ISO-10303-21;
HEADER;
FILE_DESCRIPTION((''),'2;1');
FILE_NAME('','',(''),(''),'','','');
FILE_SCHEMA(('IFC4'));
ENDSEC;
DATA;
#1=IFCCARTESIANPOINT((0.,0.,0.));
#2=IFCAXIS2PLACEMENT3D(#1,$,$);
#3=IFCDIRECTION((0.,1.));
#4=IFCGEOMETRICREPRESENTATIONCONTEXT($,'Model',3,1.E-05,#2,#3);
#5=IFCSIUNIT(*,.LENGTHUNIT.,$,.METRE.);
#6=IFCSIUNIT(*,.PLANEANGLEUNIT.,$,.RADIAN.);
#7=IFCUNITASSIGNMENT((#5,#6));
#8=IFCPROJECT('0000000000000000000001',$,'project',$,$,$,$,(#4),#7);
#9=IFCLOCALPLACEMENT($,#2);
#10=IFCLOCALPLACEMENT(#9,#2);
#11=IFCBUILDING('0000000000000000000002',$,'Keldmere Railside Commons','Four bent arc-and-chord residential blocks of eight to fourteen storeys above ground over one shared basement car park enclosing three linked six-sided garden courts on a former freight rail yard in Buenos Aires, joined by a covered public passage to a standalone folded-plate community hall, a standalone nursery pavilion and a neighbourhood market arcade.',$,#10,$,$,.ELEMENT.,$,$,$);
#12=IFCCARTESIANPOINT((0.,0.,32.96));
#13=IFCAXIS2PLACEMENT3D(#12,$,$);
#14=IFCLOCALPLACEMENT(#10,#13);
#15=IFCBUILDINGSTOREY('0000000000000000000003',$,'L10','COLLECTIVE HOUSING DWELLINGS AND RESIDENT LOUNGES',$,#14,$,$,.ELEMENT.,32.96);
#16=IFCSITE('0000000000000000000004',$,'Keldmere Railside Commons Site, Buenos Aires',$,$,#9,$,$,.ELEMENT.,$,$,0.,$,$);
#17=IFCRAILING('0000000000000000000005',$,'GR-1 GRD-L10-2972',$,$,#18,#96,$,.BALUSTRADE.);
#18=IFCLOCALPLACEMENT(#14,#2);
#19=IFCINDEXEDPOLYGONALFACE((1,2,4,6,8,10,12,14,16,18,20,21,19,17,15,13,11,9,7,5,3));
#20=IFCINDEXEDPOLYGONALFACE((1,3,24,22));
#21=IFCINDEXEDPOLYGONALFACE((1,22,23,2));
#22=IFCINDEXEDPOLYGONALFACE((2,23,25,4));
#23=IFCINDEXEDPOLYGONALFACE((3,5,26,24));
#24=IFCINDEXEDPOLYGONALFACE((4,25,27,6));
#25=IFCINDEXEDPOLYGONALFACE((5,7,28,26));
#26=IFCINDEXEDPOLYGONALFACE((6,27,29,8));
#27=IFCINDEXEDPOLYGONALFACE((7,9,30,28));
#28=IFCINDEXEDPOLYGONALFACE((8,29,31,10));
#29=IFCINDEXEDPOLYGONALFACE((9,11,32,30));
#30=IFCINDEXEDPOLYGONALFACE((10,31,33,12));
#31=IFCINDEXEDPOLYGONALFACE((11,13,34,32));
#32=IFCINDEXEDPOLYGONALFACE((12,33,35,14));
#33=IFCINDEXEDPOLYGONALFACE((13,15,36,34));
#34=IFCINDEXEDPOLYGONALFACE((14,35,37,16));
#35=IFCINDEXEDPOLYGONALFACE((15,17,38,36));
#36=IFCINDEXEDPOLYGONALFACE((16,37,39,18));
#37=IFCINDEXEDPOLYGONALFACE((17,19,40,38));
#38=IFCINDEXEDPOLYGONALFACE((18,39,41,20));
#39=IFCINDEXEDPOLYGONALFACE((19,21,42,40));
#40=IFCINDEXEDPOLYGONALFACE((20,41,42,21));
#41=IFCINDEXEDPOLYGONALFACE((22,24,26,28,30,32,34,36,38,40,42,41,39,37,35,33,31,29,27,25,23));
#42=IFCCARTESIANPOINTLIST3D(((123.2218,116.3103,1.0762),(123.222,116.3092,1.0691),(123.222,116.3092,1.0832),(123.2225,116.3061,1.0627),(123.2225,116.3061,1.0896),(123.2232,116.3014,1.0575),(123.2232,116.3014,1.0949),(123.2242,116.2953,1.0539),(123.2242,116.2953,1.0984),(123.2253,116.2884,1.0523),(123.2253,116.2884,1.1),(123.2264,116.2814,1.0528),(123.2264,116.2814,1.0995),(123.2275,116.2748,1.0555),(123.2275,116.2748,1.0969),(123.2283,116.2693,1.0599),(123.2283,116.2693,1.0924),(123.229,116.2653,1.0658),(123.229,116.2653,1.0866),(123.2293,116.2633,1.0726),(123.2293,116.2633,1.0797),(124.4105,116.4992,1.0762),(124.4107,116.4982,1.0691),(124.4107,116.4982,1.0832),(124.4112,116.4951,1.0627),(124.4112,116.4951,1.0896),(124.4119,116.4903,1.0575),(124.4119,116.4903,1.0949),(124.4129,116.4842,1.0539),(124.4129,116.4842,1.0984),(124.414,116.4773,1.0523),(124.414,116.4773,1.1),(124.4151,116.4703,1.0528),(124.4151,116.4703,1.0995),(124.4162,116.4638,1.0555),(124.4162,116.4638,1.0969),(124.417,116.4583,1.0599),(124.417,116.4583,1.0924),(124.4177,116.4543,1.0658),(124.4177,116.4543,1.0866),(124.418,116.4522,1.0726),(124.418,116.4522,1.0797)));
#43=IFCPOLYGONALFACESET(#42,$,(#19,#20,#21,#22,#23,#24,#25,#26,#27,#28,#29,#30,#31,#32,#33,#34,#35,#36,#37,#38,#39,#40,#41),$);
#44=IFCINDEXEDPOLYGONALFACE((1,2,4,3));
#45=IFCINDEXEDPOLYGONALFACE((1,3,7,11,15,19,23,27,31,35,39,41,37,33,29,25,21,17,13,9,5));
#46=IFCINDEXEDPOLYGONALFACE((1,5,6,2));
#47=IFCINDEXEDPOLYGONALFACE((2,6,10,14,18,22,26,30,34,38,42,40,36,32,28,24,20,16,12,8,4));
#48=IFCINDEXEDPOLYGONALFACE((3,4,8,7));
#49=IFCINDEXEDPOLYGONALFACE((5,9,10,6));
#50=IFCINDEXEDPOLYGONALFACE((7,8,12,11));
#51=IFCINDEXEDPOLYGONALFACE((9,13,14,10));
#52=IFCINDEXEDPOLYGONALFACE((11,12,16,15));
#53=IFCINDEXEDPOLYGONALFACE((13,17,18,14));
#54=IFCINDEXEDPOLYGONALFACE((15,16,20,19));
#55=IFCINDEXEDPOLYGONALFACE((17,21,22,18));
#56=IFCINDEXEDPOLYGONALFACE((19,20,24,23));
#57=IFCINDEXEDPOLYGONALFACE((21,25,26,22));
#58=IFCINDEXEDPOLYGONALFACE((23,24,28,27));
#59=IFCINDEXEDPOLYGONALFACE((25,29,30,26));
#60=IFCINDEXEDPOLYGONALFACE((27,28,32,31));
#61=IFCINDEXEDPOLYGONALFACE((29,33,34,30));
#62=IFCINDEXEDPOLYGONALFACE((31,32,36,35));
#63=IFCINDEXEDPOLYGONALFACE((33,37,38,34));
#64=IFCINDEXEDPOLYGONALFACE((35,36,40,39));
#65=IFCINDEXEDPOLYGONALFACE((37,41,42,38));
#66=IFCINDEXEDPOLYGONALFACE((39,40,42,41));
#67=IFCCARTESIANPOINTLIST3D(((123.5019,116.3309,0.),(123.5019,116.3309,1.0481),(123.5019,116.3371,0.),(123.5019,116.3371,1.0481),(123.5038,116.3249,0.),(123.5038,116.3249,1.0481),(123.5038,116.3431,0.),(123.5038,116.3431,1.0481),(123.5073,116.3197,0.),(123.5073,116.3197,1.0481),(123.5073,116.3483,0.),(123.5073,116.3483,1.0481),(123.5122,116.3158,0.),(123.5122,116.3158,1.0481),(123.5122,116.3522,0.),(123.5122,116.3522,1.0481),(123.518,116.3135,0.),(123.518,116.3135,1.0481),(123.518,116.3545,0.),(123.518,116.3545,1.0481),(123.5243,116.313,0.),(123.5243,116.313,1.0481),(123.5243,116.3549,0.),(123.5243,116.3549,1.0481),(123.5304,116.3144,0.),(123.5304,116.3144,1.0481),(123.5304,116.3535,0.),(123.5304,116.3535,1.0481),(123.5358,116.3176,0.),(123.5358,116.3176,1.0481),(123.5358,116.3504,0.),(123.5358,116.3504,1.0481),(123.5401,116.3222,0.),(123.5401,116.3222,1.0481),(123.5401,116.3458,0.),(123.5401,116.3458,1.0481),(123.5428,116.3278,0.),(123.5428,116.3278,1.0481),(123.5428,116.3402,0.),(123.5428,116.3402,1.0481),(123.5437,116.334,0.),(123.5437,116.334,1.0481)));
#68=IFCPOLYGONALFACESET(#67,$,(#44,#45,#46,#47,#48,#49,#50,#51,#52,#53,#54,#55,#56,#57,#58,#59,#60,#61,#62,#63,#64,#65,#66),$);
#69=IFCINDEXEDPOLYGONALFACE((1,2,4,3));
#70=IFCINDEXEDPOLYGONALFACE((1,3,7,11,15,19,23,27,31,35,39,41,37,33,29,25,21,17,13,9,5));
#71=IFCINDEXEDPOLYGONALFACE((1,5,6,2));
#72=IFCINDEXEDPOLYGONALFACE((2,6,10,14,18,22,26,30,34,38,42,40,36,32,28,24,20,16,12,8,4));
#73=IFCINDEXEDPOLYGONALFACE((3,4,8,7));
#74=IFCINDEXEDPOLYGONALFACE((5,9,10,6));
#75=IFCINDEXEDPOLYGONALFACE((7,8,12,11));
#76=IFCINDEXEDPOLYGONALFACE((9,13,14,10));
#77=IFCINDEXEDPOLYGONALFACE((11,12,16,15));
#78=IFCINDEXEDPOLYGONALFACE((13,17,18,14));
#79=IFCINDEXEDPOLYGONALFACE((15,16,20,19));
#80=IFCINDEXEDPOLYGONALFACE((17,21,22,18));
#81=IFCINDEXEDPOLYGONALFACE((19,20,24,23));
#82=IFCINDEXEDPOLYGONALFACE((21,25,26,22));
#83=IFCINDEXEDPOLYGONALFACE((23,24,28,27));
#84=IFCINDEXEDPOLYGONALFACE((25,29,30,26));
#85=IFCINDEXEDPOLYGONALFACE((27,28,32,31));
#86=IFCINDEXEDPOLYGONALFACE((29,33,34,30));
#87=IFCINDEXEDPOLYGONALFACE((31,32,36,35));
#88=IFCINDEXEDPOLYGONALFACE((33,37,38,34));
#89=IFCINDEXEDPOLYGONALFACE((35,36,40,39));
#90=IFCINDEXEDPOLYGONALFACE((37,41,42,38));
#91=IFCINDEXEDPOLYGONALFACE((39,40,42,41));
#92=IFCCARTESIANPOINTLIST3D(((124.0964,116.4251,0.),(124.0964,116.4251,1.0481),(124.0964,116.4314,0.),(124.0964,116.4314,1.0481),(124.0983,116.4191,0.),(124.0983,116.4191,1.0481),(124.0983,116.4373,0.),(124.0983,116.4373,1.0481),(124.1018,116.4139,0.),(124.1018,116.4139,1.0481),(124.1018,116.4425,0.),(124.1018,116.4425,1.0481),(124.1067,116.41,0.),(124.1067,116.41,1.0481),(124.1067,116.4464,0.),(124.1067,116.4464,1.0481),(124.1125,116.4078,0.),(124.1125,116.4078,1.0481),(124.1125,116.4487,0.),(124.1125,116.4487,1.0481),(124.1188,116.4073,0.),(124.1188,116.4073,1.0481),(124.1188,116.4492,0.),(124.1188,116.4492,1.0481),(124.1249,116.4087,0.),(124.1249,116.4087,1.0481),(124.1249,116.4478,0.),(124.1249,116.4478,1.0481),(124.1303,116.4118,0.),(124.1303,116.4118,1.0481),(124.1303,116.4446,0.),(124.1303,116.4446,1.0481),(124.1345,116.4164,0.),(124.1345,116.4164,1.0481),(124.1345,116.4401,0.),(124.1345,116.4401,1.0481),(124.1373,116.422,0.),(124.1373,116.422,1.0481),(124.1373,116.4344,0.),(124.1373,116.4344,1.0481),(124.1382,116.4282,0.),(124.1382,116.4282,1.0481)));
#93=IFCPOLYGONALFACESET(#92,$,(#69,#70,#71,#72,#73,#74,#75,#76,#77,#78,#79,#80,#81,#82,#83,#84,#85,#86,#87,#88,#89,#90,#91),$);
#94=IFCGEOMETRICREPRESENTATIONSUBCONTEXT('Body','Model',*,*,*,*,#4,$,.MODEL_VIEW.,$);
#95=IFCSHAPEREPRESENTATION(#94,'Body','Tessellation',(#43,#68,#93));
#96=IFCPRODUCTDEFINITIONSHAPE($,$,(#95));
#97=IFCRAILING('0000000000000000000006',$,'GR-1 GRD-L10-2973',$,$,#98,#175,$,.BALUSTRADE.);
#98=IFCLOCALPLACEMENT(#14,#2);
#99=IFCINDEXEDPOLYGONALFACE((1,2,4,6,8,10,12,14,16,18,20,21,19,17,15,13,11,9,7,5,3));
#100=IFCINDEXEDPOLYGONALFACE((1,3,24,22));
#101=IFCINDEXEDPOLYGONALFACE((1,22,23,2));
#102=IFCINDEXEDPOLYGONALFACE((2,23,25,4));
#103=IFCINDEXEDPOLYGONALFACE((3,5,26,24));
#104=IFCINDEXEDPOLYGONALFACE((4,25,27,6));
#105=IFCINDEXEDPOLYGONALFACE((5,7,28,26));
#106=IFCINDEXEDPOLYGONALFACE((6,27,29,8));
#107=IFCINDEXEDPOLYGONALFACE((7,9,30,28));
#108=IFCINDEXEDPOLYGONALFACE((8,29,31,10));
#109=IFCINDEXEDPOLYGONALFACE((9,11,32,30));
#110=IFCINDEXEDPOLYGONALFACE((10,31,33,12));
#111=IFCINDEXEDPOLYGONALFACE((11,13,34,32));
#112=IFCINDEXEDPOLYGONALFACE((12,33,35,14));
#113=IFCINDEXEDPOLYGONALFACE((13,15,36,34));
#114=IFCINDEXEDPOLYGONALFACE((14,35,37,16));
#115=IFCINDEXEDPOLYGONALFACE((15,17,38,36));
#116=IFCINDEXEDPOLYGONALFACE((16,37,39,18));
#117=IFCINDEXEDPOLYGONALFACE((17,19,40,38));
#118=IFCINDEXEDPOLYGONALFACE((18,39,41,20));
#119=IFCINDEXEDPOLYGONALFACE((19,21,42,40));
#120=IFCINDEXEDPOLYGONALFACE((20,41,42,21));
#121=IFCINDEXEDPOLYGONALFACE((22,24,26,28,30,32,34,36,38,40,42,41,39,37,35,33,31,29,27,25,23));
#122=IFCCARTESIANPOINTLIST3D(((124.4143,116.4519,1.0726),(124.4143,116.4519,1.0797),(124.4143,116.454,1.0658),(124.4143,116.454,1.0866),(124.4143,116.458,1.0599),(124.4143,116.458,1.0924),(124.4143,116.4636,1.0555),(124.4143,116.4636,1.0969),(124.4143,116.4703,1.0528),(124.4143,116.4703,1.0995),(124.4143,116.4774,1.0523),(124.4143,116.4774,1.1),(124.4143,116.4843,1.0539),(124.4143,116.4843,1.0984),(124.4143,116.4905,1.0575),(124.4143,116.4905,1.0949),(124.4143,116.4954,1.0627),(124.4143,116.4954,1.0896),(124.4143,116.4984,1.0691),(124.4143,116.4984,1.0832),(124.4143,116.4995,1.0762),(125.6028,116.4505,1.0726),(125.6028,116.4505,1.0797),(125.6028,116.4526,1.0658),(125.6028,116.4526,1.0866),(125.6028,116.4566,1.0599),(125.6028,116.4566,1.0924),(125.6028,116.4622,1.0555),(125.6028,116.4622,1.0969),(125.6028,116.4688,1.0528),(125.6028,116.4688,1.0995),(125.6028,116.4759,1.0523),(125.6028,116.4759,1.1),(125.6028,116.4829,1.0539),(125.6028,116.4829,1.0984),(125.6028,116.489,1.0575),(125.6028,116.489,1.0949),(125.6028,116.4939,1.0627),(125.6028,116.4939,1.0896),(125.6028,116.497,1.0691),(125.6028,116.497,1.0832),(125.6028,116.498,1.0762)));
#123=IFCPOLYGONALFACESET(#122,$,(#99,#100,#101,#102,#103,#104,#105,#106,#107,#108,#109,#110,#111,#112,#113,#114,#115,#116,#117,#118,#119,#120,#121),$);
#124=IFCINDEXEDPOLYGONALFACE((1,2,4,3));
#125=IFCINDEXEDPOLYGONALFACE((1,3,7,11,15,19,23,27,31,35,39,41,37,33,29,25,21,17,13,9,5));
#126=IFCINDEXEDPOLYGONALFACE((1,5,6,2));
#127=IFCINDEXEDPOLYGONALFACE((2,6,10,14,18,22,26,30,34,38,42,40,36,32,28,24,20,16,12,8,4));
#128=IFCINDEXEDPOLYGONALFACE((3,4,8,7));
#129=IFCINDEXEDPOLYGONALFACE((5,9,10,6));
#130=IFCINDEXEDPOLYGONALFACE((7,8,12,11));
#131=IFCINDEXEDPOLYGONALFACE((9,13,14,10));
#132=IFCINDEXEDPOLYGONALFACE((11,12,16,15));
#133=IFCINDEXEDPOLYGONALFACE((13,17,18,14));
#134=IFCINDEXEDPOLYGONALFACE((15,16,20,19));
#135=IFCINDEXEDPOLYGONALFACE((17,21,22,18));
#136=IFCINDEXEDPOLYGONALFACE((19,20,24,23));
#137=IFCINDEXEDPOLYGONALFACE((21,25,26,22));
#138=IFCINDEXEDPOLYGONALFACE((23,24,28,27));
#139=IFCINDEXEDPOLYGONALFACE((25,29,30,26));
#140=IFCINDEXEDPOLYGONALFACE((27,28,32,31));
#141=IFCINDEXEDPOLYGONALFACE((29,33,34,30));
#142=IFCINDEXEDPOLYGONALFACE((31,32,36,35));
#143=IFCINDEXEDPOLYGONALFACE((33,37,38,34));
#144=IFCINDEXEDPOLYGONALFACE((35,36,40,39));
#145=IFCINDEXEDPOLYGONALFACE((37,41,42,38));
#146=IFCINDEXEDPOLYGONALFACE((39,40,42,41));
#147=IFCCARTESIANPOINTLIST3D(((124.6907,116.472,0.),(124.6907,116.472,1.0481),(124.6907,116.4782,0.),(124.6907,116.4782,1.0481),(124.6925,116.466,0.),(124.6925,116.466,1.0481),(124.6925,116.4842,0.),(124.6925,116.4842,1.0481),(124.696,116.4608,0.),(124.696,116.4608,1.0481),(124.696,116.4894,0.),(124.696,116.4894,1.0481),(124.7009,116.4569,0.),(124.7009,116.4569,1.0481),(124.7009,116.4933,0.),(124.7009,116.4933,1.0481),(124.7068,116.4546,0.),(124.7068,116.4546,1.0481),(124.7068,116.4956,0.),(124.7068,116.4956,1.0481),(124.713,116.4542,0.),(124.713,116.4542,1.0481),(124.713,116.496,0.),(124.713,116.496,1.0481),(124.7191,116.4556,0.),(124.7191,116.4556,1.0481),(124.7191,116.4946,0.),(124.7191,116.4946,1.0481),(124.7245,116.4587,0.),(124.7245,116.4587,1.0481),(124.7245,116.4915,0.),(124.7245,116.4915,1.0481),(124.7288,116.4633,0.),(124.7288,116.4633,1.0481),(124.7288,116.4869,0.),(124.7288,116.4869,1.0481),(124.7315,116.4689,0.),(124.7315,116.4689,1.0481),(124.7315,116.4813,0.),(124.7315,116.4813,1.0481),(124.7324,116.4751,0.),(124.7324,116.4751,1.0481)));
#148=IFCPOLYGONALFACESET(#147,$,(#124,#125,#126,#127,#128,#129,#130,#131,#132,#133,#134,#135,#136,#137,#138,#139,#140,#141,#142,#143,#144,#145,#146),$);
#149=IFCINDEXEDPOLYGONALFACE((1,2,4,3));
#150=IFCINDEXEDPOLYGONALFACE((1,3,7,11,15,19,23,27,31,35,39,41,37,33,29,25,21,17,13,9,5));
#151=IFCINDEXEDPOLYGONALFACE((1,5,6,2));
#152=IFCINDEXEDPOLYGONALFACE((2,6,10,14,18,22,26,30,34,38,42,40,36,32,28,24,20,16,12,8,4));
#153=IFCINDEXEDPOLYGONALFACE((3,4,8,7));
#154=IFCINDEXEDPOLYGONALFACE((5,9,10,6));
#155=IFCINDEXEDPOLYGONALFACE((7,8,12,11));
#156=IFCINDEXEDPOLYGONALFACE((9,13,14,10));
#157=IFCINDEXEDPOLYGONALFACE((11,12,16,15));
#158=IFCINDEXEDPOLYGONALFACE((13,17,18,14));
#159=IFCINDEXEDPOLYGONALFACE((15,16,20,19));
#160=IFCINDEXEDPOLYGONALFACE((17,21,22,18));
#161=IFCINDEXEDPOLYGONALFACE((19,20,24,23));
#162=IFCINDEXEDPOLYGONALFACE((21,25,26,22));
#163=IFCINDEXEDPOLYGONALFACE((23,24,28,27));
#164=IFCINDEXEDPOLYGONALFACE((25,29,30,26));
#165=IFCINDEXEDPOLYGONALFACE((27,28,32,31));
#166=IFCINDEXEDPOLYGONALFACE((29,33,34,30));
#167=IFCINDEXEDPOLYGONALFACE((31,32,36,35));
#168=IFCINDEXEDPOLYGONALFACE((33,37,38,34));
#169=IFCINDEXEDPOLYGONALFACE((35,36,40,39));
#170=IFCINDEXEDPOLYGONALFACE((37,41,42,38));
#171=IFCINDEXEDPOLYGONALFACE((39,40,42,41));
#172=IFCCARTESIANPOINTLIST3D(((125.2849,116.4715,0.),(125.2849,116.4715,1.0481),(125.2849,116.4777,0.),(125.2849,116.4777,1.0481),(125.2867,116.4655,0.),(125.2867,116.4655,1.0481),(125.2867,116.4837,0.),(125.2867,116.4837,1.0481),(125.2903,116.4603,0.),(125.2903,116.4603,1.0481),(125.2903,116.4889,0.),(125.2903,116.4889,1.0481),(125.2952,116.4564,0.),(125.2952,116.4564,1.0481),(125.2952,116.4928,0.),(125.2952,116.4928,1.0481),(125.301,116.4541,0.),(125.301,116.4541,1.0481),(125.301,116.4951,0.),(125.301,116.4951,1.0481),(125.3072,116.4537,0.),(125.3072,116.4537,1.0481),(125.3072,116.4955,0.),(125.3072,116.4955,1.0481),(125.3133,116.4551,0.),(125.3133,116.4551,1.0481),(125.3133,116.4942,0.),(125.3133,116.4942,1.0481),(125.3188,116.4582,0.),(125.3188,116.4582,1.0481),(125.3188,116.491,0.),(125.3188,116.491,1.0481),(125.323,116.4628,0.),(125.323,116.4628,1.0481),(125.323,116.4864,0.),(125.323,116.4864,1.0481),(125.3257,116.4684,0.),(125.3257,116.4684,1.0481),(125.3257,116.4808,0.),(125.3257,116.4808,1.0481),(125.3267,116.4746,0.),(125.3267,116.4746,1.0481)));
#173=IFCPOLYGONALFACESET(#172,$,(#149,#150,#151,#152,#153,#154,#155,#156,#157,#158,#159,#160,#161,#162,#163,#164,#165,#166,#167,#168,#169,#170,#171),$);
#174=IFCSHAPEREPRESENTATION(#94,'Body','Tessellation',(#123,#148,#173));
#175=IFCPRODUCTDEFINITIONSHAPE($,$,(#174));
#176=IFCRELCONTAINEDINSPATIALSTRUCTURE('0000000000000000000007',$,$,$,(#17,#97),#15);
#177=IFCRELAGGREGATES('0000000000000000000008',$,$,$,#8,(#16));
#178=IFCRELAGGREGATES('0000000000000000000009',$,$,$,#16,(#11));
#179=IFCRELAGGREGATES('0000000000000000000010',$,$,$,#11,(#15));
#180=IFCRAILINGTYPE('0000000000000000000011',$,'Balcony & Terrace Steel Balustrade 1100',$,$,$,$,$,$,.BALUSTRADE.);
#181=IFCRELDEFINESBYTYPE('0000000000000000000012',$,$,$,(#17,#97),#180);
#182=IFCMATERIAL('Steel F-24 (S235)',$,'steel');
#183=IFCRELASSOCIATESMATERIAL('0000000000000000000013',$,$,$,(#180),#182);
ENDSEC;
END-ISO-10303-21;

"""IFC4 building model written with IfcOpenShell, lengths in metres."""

from ifc_helpers import new_model, si_unit, direction, frame, origin, origin_2d, place, context, subcontext, project, spatial, circle, extrude, material, type_object, element, save


model = new_model("IFC4")

# Units and contexts
model_context = context("Model", 3, precision=1e-05, world=origin(), true_north=direction((0.0, 1.0)))
body_context = subcontext(model_context, "Body", "Model", "MODEL_VIEW")
ifc_project = project(units=[si_unit("LENGTHUNIT", "METRE"), si_unit("PLANEANGLEUNIT", "RADIAN")], contexts=[model_context])

# Site, building, storey
site_placement = place(None, origin())
site = spatial("IfcSite", under=ifc_project, at=site_placement, Name="Keldmere Railside Commons Site, Buenos Aires", CompositionType="ELEMENT", RefElevation=0.0)
building_placement = place(site_placement, origin())
building = spatial("IfcBuilding", under=site, at=building_placement, Name="Keldmere Railside Commons", Description="Four bent arc-and-chord residential blocks of eight to fourteen storeys above ground over one shared basement car park enclosing three linked six-sided garden courts on a former freight rail yard in Buenos Aires, joined by a covered public passage to a standalone folded-plate community hall, a standalone nursery pavilion and a neighbourhood market arcade.", CompositionType="ELEMENT")
storey_placement = place(building_placement, frame((0.0, 0.0, 32.96)))
storey = spatial("IfcBuildingStorey", under=building, at=storey_placement, Name="L10", Description="COLLECTIVE HOUSING DWELLINGS AND RESIDENT LOUNGES", CompositionType="ELEMENT", Elevation=32.96)

# Railings
ifc_material_1 = material(Name="Steel F-24 (S235)", Category="steel")
railing_type = type_object("IfcRailingType", Name="Balcony & Terrace Steel Balustrade 1100", PredefinedType="BALUSTRADE", material=ifc_material_1)
railing_1_placement = place(storey_placement, frame((123.2256, 116.2866, 0.0)))
element("IfcRailing", 1, at=railing_1_placement, inside=storey, type_object=railing_type, Name="GR-1 GRD-L10-2972", PredefinedType="BALUSTRADE", context=body_context, shape_type="SweptSolid", body=[
    extrude(circle(Radius=0.0239, at=origin_2d()), frame((0.0, 0.0, 1.0762), z_axis=(0.9876, 0.156994, 0.0), x_axis=(-0.156994, 0.9876, 0.0)), (0.0, 0.0, 1.0), 1.2036),
    extrude(circle(Radius=0.021, at=origin_2d()), frame((0.2971, 0.0474, 0.0)), (0.0, 0.0, 1.0), 1.0481),
    extrude(circle(Radius=0.021, at=origin_2d()), frame((0.8916, 0.1416, 0.0)), (0.0, 0.0, 1.0), 1.0481),
])
railing_2_placement = place(storey_placement, frame((124.4143, 116.4756, 0.0)))
element("IfcRailing", 2, at=railing_2_placement, inside=storey, type_object=railing_type, Name="GR-1 GRD-L10-2973", PredefinedType="BALUSTRADE", context=body_context, shape_type="SweptSolid", body=[
    extrude(circle(Radius=0.0239, at=origin_2d()), frame((0.0, 0.0, 1.0762), z_axis=(0.999999, -0.001233, 0.0), x_axis=(0.001233, 0.999999, 0.0)), (0.0, 0.0, 1.0), 1.1885),
    extrude(circle(Radius=0.021, at=origin_2d()), frame((0.2971, -0.0005, 0.0)), (0.0, 0.0, 1.0), 1.0481),
    extrude(circle(Radius=0.021, at=origin_2d()), frame((0.8914, -0.001, 0.0)), (0.0, 0.0, 1.0), 1.0481),
])

save(model, "model.ifc")
